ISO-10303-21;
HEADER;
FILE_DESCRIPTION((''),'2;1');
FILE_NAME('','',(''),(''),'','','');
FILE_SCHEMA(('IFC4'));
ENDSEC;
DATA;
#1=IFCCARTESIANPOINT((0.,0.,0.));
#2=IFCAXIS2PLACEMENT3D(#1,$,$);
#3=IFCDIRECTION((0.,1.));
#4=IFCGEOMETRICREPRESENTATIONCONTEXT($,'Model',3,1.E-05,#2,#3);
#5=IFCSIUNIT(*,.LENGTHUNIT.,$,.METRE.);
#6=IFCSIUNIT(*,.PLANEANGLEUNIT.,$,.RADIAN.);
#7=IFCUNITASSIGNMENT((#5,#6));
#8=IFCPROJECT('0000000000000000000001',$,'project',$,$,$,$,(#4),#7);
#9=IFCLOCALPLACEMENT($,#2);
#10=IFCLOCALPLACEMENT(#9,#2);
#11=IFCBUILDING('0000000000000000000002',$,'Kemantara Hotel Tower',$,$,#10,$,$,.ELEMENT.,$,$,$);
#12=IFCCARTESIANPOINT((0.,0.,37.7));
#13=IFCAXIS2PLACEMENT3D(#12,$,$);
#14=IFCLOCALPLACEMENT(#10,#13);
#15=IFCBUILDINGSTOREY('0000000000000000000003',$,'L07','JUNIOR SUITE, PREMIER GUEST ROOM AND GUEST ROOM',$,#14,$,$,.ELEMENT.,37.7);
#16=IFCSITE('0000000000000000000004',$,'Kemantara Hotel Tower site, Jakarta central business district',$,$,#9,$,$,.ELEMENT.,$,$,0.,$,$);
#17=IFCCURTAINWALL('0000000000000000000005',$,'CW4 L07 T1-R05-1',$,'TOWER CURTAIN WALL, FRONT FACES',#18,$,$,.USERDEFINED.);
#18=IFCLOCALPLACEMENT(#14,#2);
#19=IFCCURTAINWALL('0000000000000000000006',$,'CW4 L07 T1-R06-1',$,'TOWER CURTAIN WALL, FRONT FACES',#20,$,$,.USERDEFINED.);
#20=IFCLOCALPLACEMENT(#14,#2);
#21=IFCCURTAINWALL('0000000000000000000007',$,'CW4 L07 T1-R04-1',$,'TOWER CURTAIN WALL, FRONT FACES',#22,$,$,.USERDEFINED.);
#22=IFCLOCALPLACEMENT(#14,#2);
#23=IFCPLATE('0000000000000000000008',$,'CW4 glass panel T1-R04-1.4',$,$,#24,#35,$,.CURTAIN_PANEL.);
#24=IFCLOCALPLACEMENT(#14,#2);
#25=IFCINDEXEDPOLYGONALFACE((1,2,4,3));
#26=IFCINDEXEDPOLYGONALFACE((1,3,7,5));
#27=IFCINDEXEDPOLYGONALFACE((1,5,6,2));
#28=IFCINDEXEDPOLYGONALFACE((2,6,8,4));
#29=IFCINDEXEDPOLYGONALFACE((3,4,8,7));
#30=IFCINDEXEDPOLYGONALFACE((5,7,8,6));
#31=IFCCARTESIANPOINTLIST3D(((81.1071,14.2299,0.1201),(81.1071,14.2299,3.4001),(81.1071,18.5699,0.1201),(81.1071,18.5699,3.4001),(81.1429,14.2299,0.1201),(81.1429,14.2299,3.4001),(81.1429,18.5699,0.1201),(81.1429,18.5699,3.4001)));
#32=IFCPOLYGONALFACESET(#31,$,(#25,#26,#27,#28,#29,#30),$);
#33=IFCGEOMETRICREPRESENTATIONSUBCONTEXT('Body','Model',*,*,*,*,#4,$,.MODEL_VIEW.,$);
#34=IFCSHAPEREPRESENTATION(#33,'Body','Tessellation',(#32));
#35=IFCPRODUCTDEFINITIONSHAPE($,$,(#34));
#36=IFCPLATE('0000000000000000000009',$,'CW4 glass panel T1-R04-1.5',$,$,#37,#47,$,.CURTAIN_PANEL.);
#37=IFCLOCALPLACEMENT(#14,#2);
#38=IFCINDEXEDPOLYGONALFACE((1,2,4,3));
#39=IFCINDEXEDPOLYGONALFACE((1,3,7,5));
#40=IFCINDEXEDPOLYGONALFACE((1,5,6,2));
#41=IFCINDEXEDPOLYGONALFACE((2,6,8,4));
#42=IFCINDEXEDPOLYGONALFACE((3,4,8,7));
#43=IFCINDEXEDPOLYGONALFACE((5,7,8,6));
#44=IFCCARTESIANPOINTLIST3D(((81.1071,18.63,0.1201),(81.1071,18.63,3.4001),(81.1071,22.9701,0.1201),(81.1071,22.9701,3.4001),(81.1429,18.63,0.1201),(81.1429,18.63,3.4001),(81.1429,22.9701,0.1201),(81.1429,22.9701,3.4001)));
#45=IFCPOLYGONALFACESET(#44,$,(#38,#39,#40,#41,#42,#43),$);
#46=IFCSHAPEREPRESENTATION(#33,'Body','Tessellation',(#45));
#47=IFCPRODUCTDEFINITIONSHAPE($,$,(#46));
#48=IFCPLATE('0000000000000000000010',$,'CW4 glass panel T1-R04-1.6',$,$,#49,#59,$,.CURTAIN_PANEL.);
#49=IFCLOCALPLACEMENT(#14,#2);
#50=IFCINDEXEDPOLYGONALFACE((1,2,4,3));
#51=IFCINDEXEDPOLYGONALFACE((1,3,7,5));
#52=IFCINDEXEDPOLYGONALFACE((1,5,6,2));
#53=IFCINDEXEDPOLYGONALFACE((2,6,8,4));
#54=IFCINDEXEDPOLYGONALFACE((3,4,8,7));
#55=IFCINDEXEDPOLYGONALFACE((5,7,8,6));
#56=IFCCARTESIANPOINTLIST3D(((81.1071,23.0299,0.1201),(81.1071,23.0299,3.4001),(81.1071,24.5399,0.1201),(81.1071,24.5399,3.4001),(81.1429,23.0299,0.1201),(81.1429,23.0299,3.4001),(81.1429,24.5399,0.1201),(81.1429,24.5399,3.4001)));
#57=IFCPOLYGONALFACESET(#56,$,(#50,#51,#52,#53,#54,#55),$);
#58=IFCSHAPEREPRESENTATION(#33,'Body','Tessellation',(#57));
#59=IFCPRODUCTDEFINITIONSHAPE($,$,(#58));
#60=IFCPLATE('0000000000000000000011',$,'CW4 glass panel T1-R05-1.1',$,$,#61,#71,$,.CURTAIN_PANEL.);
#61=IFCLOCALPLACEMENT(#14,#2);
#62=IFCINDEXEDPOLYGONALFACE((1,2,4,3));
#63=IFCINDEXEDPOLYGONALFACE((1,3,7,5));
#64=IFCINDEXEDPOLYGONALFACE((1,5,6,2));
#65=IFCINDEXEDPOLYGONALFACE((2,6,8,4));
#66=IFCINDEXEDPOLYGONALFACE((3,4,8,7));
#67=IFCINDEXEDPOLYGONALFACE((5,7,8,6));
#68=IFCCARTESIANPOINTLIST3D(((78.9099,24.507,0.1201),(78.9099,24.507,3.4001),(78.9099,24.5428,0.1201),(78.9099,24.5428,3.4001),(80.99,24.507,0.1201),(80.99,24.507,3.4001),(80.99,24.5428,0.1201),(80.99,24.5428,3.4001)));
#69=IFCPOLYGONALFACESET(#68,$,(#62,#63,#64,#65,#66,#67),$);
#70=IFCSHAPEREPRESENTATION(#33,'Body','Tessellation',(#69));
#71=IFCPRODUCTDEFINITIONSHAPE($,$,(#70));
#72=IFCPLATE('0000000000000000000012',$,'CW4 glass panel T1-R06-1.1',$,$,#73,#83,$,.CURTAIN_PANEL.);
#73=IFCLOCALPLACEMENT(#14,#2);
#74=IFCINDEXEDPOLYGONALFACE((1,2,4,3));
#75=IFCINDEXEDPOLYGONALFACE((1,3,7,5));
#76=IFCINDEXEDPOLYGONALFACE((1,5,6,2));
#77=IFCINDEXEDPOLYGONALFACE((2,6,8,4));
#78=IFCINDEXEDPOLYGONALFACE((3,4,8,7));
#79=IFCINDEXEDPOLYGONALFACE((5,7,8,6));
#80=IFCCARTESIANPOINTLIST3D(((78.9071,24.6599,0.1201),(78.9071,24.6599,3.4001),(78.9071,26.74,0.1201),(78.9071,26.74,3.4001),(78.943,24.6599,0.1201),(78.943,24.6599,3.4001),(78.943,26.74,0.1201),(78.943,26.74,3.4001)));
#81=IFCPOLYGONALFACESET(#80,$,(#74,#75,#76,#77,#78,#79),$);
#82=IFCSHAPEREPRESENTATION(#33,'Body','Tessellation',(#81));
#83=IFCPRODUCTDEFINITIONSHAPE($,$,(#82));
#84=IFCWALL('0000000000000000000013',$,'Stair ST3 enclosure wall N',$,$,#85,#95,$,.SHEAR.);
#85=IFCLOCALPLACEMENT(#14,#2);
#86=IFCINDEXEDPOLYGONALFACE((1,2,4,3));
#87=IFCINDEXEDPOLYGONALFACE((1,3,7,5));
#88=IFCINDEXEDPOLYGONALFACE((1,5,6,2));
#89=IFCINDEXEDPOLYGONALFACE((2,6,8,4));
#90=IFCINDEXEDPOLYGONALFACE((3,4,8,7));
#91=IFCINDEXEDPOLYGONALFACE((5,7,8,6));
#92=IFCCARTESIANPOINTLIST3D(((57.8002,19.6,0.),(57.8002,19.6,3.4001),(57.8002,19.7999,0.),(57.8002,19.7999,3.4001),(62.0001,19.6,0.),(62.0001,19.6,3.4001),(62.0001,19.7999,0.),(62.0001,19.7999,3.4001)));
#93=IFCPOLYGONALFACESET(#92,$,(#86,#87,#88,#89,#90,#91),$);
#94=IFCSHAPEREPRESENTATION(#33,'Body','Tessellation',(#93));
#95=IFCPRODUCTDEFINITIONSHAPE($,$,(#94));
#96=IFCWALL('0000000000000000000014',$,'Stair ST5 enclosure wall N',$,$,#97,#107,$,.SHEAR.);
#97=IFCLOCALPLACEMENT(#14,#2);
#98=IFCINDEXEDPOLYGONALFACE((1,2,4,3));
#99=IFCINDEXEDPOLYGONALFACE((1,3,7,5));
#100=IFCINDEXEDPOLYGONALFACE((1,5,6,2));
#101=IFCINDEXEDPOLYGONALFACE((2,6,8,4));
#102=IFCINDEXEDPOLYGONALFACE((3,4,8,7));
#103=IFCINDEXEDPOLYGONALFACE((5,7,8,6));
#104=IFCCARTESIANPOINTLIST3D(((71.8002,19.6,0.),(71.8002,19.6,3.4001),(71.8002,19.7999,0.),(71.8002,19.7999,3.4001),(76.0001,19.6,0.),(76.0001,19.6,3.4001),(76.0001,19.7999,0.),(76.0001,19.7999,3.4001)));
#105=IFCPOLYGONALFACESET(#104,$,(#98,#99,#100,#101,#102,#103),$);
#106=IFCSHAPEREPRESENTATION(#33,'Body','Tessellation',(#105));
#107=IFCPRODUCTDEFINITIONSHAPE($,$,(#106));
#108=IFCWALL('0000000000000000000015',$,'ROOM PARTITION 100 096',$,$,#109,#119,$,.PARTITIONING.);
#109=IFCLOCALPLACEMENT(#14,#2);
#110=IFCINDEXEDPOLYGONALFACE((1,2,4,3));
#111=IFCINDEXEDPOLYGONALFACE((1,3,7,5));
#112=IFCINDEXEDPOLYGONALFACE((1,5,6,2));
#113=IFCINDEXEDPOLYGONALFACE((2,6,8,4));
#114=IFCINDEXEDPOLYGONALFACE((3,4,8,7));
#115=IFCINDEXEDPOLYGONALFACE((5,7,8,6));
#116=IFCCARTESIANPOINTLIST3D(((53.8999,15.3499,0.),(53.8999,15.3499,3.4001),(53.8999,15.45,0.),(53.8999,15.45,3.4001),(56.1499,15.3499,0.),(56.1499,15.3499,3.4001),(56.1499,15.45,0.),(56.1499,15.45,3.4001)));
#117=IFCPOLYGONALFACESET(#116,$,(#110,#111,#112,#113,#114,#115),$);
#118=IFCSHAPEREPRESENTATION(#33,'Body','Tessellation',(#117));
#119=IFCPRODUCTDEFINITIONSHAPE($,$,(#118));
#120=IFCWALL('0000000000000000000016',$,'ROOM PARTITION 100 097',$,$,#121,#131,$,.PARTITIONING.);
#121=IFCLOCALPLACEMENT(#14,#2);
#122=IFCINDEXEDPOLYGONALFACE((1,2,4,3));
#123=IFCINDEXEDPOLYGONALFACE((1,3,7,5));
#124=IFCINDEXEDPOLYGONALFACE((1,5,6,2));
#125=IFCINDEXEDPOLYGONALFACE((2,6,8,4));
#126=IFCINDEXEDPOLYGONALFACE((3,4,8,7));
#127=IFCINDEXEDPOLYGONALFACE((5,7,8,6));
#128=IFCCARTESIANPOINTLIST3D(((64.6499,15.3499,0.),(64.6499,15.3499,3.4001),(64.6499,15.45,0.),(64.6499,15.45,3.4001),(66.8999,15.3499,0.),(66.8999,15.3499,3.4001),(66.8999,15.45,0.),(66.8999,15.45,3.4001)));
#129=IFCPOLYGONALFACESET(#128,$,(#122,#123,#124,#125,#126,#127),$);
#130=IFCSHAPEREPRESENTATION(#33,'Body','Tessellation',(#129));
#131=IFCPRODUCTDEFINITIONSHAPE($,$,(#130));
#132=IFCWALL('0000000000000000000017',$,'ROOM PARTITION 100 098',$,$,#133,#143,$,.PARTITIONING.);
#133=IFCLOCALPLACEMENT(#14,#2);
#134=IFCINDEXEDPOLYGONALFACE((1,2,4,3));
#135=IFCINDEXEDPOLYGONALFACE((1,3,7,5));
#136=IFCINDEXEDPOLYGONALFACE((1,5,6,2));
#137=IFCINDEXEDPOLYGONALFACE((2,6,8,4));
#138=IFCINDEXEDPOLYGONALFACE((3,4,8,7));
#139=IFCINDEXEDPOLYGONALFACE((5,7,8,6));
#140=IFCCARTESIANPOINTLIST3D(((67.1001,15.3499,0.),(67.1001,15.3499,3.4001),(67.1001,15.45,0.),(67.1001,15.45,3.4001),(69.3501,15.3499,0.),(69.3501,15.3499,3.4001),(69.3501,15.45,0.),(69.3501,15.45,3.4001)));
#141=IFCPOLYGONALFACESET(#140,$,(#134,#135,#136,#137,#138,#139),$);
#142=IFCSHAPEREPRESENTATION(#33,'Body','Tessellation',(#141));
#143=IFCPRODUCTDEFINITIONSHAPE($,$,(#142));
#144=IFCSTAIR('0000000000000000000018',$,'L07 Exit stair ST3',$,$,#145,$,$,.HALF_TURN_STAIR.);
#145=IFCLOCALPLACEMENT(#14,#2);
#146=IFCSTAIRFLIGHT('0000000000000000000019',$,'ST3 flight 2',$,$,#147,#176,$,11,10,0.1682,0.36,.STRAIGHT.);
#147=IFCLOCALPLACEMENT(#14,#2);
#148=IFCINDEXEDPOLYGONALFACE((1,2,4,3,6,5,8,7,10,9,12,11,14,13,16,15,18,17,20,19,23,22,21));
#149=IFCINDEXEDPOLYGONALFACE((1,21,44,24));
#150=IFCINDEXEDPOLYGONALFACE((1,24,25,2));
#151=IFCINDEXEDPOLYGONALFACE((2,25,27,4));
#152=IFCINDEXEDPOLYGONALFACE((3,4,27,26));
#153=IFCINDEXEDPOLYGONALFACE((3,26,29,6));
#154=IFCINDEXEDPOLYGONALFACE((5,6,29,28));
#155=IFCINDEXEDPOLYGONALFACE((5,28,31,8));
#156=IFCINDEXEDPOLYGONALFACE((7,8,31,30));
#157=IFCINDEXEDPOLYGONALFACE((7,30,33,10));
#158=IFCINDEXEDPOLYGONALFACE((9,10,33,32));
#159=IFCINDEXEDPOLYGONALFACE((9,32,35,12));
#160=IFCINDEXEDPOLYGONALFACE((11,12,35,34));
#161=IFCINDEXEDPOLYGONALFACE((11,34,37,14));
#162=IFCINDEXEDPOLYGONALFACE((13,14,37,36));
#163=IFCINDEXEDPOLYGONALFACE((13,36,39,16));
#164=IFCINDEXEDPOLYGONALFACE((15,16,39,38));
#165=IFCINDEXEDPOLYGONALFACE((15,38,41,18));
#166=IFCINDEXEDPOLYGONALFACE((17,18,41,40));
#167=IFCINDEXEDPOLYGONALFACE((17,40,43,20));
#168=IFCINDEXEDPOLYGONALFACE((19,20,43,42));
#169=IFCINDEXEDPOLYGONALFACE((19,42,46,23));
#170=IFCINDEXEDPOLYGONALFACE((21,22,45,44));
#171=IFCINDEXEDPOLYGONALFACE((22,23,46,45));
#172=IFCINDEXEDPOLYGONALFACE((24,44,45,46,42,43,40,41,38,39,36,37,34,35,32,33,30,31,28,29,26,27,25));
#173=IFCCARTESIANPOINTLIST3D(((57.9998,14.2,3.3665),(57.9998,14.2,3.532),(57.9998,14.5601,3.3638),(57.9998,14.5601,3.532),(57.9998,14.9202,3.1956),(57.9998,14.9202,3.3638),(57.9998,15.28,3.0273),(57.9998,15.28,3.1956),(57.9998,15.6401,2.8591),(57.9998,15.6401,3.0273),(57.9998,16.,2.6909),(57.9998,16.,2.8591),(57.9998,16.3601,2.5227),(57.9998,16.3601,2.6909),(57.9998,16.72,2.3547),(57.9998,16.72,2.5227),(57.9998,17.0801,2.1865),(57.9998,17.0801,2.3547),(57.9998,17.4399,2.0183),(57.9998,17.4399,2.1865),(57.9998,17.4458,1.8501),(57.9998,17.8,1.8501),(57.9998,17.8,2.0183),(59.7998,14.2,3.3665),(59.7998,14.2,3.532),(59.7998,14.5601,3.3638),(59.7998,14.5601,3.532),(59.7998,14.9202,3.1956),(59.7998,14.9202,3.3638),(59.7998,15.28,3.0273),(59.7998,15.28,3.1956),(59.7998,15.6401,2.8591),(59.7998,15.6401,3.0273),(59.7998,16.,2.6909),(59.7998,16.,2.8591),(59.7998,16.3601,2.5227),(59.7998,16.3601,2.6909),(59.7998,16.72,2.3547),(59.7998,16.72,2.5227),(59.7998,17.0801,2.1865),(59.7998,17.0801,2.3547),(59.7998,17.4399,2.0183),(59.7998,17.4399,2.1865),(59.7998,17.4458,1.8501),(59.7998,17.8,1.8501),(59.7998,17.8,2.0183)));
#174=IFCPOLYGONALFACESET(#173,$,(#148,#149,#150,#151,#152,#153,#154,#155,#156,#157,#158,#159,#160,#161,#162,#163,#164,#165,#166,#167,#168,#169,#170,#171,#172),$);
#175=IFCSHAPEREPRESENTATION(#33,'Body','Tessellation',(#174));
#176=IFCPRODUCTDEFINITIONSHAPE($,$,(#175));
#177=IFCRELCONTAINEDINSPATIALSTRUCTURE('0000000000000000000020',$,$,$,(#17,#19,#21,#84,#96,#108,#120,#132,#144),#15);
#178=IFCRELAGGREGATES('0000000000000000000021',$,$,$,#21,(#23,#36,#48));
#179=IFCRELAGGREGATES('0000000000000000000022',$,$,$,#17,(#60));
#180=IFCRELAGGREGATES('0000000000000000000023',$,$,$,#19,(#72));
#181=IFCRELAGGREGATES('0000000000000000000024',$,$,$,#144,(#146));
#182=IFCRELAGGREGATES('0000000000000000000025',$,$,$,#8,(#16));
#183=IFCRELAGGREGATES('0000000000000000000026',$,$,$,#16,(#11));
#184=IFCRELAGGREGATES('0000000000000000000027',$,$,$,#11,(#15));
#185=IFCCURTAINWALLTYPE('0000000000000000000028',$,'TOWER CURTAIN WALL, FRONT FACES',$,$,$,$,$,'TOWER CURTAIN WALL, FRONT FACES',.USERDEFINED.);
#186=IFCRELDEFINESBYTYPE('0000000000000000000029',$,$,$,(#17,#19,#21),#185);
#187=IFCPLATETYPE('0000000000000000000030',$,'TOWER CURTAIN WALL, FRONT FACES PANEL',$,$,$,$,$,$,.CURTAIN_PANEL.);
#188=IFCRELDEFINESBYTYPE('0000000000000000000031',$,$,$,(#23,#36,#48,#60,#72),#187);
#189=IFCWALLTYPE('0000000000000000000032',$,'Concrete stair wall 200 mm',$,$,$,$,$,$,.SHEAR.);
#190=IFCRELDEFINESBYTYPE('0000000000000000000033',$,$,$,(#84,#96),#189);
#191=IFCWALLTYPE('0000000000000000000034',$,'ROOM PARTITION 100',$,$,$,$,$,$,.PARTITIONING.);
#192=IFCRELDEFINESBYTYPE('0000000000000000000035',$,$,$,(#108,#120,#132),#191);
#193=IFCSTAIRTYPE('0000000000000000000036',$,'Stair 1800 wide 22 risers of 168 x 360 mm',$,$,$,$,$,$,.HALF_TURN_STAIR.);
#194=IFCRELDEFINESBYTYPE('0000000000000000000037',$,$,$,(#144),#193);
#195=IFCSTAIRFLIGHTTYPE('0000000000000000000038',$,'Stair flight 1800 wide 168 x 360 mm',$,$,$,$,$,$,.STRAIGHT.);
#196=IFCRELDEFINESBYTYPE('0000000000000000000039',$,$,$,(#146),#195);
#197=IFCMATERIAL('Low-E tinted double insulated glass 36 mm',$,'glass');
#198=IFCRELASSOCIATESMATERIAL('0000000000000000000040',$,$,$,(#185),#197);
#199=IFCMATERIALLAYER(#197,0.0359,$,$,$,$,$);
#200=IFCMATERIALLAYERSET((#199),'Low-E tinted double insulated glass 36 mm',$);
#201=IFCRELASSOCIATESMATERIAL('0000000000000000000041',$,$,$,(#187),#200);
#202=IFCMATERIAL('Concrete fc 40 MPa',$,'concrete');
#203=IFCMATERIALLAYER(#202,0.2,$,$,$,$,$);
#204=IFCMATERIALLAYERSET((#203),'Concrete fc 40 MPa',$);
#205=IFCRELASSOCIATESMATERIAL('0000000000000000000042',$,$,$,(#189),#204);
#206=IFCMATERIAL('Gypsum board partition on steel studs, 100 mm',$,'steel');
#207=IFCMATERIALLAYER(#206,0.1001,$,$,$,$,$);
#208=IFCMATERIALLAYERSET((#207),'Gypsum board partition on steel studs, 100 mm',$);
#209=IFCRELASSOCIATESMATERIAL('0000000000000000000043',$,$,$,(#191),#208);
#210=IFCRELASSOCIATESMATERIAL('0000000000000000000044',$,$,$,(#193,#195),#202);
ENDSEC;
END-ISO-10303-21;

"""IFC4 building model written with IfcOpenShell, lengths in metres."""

from ifc_helpers import new_model, si_unit, direction, frame, frame_2d, origin, origin_2d, place, context, subcontext, project, spatial, polyline, rectangle, outline, extrude, source, transform, mapped, material, layer, layer_set, type_object, element, aggregate, save


model = new_model("IFC4")

# Units and contexts
model_context = context("Model", 3, precision=1e-05, world=origin(), true_north=direction((0.0, 1.0)))
body_context = subcontext(model_context, "Body", "Model", "MODEL_VIEW")
ifc_project = project(units=[si_unit("LENGTHUNIT", "METRE"), si_unit("PLANEANGLEUNIT", "RADIAN")], contexts=[model_context])

# Site, building, storey
site_placement = place(None, origin())
site = spatial("IfcSite", under=ifc_project, at=site_placement, Name="Kemantara Hotel Tower site, Jakarta central business district", CompositionType="ELEMENT", RefElevation=0.0)
building_placement = place(site_placement, origin())
building = spatial("IfcBuilding", under=site, at=building_placement, Name="Kemantara Hotel Tower", CompositionType="ELEMENT")
storey_placement = place(building_placement, frame((0.0, 0.0, 37.7)))
storey = spatial("IfcBuildingStorey", under=building, at=storey_placement, Name="L07", Description="JUNIOR SUITE, PREMIER GUEST ROOM AND GUEST ROOM", CompositionType="ELEMENT", Elevation=37.7)

# Curtain walls
ifc_material_1 = material(Name="Low-E tinted double insulated glass 36 mm", Category="glass")
curtain_wall_type = type_object("IfcCurtainWallType", Name="TOWER CURTAIN WALL, FRONT FACES", ElementType="TOWER CURTAIN WALL, FRONT FACES", PredefinedType="USERDEFINED", material=ifc_material_1)
curtain_wall_1_placement = place(storey_placement, origin())
curtain_wall_1 = element("IfcCurtainWall", 1, at=curtain_wall_1_placement, inside=storey, type_object=curtain_wall_type, Name="CW4 L07 T1-R05-1", ObjectType="TOWER CURTAIN WALL, FRONT FACES", PredefinedType="USERDEFINED")
curtain_wall_2_placement = place(storey_placement, origin())
curtain_wall_2 = element("IfcCurtainWall", 2, at=curtain_wall_2_placement, inside=storey, type_object=curtain_wall_type, Name="CW4 L07 T1-R06-1", ObjectType="TOWER CURTAIN WALL, FRONT FACES", PredefinedType="USERDEFINED")

# Curtain wall
curtain_wall_3_placement = place(storey_placement, origin())
curtain_wall_3 = element("IfcCurtainWall", 3, at=curtain_wall_3_placement, inside=storey, type_object=curtain_wall_type, Name="CW4 L07 T1-R04-1", ObjectType="TOWER CURTAIN WALL, FRONT FACES", PredefinedType="USERDEFINED")

# Plates
ifc_layer_1 = layer(ifc_material_1, 0.0359)
ifc_layer_set_1 = layer_set([ifc_layer_1], Name="Low-E tinted double insulated glass 36 mm")
plate_type = type_object("IfcPlateType", Name="TOWER CURTAIN WALL, FRONT FACES PANEL", PredefinedType="CURTAIN_PANEL", material=ifc_layer_set_1)
shared_shape_1 = source(origin(), body_context, "Body", "SweptSolid", [
    extrude(rectangle(XDim=4.3401, YDim=0.0359, at=origin_2d()), origin(), (0.0, 0.0, 1.0), 3.28),
])
plate_1_placement = place(storey_placement, frame((81.125, 16.3999, 0.1201), z_axis=(0.0, 0.0, 1.0), x_axis=(0.0, 1.0, 0.0)))
plate_1 = element("IfcPlate", 4, at=plate_1_placement, type_object=plate_type, Name="CW4 glass panel T1-R04-1.4", PredefinedType="CURTAIN_PANEL", context=body_context, shape_type="MappedRepresentation", body=[
    mapped(shared_shape_1, transform((0.0, 0.0, 0.0))),
])
plate_2_placement = place(storey_placement, frame((81.125, 20.8, 0.1201), z_axis=(0.0, 0.0, 1.0), x_axis=(0.0, 1.0, 0.0)))
plate_2 = element("IfcPlate", 5, at=plate_2_placement, type_object=plate_type, Name="CW4 glass panel T1-R04-1.5", PredefinedType="CURTAIN_PANEL", context=body_context, shape_type="MappedRepresentation", body=[
    mapped(shared_shape_1, transform((0.0, 0.0, 0.0))),
])
shared_shape_2 = source(origin(), body_context, "Body", "SweptSolid", [
    extrude(rectangle(XDim=1.51, YDim=0.0359, at=origin_2d()), origin(), (0.0, 0.0, 1.0), 3.28),
])
plate_3_placement = place(storey_placement, frame((81.125, 23.7849, 0.1201), z_axis=(0.0, 0.0, 1.0), x_axis=(0.0, 1.0, 0.0)))
plate_3 = element("IfcPlate", 6, at=plate_3_placement, type_object=plate_type, Name="CW4 glass panel T1-R04-1.6", PredefinedType="CURTAIN_PANEL", context=body_context, shape_type="MappedRepresentation", body=[
    mapped(shared_shape_2, transform((0.0, 0.0, 0.0))),
])
aggregate(curtain_wall_3, [plate_1, plate_2, plate_3])
shared_shape_3 = source(origin(), body_context, "Body", "SweptSolid", [
    extrude(rectangle(XDim=2.0801, YDim=0.0359, at=origin_2d()), origin(), (0.0, 0.0, 1.0), 3.28),
])
plate_4_placement = place(storey_placement, frame((79.95, 24.5249, 0.1201), z_axis=(0.0, 0.0, 1.0), x_axis=(-1.0, 0.0, 0.0)))
plate_4 = element("IfcPlate", 7, at=plate_4_placement, type_object=plate_type, Name="CW4 glass panel T1-R05-1.1", PredefinedType="CURTAIN_PANEL", context=body_context, shape_type="MappedRepresentation", body=[
    mapped(shared_shape_3, transform((0.0, 0.0, 0.0))),
])
aggregate(curtain_wall_1, [plate_4])
plate_5_placement = place(storey_placement, frame((78.925, 25.7, 0.1201), z_axis=(0.0, 0.0, 1.0), x_axis=(0.0, 1.0, 0.0)))
plate_5 = element("IfcPlate", 8, at=plate_5_placement, type_object=plate_type, Name="CW4 glass panel T1-R06-1.1", PredefinedType="CURTAIN_PANEL", context=body_context, shape_type="MappedRepresentation", body=[
    mapped(shared_shape_3, transform((0.0, 0.0, 0.0))),
])
aggregate(curtain_wall_2, [plate_5])

# Walls
ifc_material_2 = material(Name="Concrete fc 40 MPa", Category="concrete")
ifc_layer_2 = layer(ifc_material_2, 0.2)
ifc_layer_set_2 = layer_set([ifc_layer_2], Name="Concrete fc 40 MPa")
wall_type_1 = type_object("IfcWallType", Name="Concrete stair wall 200 mm", PredefinedType="SHEAR", material=ifc_layer_set_2)
for number, where, z_axis, x_axis, name in (
    (9, (57.8, 19.7, 0.0), (0.0, 0.0, 1.0), (1.0, 0.0, 0.0), "Stair ST3 enclosure wall N"),
    (10, (71.8, 19.7, 0.0), (0.0, 0.0, 1.0), (1.0, 0.0, 0.0), "Stair ST5 enclosure wall N"),
):
    element("IfcWall", number, at=place(storey_placement, frame(where, z_axis=z_axis, x_axis=x_axis)), inside=storey, type_object=wall_type_1, Name=name, PredefinedType="SHEAR", context=body_context, shape_type="SweptSolid", body=[
        extrude(rectangle(XDim=4.2, YDim=0.2, at=frame_2d((2.1001, 0.0))), origin(), (0.0, 0.0, 1.0), 3.4001),
    ])
ifc_material_3 = material(Name="Gypsum board partition on steel studs, 100 mm", Category="steel")
ifc_layer_3 = layer(ifc_material_3, 0.1001)
ifc_layer_set_3 = layer_set([ifc_layer_3], Name="Gypsum board partition on steel studs, 100 mm")
wall_type_2 = type_object("IfcWallType", Name="ROOM PARTITION 100", PredefinedType="PARTITIONING", material=ifc_layer_set_3)
for number, where, z_axis, x_axis, name in (
    (11, (53.8999, 15.3999, 0.0), (0.0, 0.0, 1.0), (1.0, 0.0, 0.0), "ROOM PARTITION 100 096"),
    (12, (64.6499, 15.3999, 0.0), (0.0, 0.0, 1.0), (1.0, 0.0, 0.0), "ROOM PARTITION 100 097"),
    (13, (67.1001, 15.3999, 0.0), (0.0, 0.0, 1.0), (1.0, 0.0, 0.0), "ROOM PARTITION 100 098"),
):
    element("IfcWall", number, at=place(storey_placement, frame(where, z_axis=z_axis, x_axis=x_axis)), inside=storey, type_object=wall_type_2, Name=name, PredefinedType="PARTITIONING", context=body_context, shape_type="SweptSolid", body=[
        extrude(rectangle(XDim=2.25, YDim=0.1001, at=frame_2d((1.125, 0.0))), origin(), (0.0, 0.0, 1.0), 3.4001),
    ])

# Stair, stair flight
stair_type = type_object("IfcStairType", Name="Stair 1800 wide 22 risers of 168 x 360 mm", PredefinedType="HALF_TURN_STAIR", material=ifc_material_2)
stair_1_placement = place(storey_placement, origin())
stair_1 = element("IfcStair", 14, at=stair_1_placement, inside=storey, type_object=stair_type, Name="L07 Exit stair ST3", PredefinedType="HALF_TURN_STAIR")
stair_flight_type = type_object("IfcStairFlightType", Name="Stair flight 1800 wide 168 x 360 mm", PredefinedType="STRAIGHT", material=ifc_material_2)
stair_flight_1_placement = place(storey_placement, frame((58.8999, 17.8, 1.8501), z_axis=(0.0, 0.0, 1.0), x_axis=(0.0, -1.0, 0.0)))
stair_flight_1 = element("IfcStairFlight", 15, at=stair_flight_1_placement, type_object=stair_flight_type, Name="ST3 flight 2", NumberOfRisers=11, NumberOfTreads=10, PredefinedType="STRAIGHT", RiserHeight=0.1682, TreadLength=0.36, context=body_context, shape_type="SweptSolid", body=[
    extrude(outline(polyline([(0.0, 0.0), (0.0, 0.1682), (0.3601, 0.1682), (0.3601, 0.3364), (0.72, 0.3364), (0.72, 0.5046), (1.0801, 0.5046), (1.0801, 0.6726), (1.4399, 0.6726), (1.4399, 0.8408), (1.8, 0.8408), (1.8, 1.009), (2.1599, 1.009), (2.1599, 1.1772), (2.52, 1.1772), (2.52, 1.3455), (2.8799, 1.3455), (2.8799, 1.5137), (3.24, 1.5137), (3.24, 1.6819), (3.6001, 1.6819), (3.6001, 1.8501), (3.6001, 1.5164), (0.3542, 0.0), (0.0, 0.0)])), frame((0.0, 0.8999, 0.0), z_axis=(0.0, -1.0, 0.0), x_axis=(1.0, 0.0, 0.0)), (0.0, 0.0, 1.0), 1.8),
])
aggregate(stair_1, [stair_flight_1])

save(model, "model.ifc")
